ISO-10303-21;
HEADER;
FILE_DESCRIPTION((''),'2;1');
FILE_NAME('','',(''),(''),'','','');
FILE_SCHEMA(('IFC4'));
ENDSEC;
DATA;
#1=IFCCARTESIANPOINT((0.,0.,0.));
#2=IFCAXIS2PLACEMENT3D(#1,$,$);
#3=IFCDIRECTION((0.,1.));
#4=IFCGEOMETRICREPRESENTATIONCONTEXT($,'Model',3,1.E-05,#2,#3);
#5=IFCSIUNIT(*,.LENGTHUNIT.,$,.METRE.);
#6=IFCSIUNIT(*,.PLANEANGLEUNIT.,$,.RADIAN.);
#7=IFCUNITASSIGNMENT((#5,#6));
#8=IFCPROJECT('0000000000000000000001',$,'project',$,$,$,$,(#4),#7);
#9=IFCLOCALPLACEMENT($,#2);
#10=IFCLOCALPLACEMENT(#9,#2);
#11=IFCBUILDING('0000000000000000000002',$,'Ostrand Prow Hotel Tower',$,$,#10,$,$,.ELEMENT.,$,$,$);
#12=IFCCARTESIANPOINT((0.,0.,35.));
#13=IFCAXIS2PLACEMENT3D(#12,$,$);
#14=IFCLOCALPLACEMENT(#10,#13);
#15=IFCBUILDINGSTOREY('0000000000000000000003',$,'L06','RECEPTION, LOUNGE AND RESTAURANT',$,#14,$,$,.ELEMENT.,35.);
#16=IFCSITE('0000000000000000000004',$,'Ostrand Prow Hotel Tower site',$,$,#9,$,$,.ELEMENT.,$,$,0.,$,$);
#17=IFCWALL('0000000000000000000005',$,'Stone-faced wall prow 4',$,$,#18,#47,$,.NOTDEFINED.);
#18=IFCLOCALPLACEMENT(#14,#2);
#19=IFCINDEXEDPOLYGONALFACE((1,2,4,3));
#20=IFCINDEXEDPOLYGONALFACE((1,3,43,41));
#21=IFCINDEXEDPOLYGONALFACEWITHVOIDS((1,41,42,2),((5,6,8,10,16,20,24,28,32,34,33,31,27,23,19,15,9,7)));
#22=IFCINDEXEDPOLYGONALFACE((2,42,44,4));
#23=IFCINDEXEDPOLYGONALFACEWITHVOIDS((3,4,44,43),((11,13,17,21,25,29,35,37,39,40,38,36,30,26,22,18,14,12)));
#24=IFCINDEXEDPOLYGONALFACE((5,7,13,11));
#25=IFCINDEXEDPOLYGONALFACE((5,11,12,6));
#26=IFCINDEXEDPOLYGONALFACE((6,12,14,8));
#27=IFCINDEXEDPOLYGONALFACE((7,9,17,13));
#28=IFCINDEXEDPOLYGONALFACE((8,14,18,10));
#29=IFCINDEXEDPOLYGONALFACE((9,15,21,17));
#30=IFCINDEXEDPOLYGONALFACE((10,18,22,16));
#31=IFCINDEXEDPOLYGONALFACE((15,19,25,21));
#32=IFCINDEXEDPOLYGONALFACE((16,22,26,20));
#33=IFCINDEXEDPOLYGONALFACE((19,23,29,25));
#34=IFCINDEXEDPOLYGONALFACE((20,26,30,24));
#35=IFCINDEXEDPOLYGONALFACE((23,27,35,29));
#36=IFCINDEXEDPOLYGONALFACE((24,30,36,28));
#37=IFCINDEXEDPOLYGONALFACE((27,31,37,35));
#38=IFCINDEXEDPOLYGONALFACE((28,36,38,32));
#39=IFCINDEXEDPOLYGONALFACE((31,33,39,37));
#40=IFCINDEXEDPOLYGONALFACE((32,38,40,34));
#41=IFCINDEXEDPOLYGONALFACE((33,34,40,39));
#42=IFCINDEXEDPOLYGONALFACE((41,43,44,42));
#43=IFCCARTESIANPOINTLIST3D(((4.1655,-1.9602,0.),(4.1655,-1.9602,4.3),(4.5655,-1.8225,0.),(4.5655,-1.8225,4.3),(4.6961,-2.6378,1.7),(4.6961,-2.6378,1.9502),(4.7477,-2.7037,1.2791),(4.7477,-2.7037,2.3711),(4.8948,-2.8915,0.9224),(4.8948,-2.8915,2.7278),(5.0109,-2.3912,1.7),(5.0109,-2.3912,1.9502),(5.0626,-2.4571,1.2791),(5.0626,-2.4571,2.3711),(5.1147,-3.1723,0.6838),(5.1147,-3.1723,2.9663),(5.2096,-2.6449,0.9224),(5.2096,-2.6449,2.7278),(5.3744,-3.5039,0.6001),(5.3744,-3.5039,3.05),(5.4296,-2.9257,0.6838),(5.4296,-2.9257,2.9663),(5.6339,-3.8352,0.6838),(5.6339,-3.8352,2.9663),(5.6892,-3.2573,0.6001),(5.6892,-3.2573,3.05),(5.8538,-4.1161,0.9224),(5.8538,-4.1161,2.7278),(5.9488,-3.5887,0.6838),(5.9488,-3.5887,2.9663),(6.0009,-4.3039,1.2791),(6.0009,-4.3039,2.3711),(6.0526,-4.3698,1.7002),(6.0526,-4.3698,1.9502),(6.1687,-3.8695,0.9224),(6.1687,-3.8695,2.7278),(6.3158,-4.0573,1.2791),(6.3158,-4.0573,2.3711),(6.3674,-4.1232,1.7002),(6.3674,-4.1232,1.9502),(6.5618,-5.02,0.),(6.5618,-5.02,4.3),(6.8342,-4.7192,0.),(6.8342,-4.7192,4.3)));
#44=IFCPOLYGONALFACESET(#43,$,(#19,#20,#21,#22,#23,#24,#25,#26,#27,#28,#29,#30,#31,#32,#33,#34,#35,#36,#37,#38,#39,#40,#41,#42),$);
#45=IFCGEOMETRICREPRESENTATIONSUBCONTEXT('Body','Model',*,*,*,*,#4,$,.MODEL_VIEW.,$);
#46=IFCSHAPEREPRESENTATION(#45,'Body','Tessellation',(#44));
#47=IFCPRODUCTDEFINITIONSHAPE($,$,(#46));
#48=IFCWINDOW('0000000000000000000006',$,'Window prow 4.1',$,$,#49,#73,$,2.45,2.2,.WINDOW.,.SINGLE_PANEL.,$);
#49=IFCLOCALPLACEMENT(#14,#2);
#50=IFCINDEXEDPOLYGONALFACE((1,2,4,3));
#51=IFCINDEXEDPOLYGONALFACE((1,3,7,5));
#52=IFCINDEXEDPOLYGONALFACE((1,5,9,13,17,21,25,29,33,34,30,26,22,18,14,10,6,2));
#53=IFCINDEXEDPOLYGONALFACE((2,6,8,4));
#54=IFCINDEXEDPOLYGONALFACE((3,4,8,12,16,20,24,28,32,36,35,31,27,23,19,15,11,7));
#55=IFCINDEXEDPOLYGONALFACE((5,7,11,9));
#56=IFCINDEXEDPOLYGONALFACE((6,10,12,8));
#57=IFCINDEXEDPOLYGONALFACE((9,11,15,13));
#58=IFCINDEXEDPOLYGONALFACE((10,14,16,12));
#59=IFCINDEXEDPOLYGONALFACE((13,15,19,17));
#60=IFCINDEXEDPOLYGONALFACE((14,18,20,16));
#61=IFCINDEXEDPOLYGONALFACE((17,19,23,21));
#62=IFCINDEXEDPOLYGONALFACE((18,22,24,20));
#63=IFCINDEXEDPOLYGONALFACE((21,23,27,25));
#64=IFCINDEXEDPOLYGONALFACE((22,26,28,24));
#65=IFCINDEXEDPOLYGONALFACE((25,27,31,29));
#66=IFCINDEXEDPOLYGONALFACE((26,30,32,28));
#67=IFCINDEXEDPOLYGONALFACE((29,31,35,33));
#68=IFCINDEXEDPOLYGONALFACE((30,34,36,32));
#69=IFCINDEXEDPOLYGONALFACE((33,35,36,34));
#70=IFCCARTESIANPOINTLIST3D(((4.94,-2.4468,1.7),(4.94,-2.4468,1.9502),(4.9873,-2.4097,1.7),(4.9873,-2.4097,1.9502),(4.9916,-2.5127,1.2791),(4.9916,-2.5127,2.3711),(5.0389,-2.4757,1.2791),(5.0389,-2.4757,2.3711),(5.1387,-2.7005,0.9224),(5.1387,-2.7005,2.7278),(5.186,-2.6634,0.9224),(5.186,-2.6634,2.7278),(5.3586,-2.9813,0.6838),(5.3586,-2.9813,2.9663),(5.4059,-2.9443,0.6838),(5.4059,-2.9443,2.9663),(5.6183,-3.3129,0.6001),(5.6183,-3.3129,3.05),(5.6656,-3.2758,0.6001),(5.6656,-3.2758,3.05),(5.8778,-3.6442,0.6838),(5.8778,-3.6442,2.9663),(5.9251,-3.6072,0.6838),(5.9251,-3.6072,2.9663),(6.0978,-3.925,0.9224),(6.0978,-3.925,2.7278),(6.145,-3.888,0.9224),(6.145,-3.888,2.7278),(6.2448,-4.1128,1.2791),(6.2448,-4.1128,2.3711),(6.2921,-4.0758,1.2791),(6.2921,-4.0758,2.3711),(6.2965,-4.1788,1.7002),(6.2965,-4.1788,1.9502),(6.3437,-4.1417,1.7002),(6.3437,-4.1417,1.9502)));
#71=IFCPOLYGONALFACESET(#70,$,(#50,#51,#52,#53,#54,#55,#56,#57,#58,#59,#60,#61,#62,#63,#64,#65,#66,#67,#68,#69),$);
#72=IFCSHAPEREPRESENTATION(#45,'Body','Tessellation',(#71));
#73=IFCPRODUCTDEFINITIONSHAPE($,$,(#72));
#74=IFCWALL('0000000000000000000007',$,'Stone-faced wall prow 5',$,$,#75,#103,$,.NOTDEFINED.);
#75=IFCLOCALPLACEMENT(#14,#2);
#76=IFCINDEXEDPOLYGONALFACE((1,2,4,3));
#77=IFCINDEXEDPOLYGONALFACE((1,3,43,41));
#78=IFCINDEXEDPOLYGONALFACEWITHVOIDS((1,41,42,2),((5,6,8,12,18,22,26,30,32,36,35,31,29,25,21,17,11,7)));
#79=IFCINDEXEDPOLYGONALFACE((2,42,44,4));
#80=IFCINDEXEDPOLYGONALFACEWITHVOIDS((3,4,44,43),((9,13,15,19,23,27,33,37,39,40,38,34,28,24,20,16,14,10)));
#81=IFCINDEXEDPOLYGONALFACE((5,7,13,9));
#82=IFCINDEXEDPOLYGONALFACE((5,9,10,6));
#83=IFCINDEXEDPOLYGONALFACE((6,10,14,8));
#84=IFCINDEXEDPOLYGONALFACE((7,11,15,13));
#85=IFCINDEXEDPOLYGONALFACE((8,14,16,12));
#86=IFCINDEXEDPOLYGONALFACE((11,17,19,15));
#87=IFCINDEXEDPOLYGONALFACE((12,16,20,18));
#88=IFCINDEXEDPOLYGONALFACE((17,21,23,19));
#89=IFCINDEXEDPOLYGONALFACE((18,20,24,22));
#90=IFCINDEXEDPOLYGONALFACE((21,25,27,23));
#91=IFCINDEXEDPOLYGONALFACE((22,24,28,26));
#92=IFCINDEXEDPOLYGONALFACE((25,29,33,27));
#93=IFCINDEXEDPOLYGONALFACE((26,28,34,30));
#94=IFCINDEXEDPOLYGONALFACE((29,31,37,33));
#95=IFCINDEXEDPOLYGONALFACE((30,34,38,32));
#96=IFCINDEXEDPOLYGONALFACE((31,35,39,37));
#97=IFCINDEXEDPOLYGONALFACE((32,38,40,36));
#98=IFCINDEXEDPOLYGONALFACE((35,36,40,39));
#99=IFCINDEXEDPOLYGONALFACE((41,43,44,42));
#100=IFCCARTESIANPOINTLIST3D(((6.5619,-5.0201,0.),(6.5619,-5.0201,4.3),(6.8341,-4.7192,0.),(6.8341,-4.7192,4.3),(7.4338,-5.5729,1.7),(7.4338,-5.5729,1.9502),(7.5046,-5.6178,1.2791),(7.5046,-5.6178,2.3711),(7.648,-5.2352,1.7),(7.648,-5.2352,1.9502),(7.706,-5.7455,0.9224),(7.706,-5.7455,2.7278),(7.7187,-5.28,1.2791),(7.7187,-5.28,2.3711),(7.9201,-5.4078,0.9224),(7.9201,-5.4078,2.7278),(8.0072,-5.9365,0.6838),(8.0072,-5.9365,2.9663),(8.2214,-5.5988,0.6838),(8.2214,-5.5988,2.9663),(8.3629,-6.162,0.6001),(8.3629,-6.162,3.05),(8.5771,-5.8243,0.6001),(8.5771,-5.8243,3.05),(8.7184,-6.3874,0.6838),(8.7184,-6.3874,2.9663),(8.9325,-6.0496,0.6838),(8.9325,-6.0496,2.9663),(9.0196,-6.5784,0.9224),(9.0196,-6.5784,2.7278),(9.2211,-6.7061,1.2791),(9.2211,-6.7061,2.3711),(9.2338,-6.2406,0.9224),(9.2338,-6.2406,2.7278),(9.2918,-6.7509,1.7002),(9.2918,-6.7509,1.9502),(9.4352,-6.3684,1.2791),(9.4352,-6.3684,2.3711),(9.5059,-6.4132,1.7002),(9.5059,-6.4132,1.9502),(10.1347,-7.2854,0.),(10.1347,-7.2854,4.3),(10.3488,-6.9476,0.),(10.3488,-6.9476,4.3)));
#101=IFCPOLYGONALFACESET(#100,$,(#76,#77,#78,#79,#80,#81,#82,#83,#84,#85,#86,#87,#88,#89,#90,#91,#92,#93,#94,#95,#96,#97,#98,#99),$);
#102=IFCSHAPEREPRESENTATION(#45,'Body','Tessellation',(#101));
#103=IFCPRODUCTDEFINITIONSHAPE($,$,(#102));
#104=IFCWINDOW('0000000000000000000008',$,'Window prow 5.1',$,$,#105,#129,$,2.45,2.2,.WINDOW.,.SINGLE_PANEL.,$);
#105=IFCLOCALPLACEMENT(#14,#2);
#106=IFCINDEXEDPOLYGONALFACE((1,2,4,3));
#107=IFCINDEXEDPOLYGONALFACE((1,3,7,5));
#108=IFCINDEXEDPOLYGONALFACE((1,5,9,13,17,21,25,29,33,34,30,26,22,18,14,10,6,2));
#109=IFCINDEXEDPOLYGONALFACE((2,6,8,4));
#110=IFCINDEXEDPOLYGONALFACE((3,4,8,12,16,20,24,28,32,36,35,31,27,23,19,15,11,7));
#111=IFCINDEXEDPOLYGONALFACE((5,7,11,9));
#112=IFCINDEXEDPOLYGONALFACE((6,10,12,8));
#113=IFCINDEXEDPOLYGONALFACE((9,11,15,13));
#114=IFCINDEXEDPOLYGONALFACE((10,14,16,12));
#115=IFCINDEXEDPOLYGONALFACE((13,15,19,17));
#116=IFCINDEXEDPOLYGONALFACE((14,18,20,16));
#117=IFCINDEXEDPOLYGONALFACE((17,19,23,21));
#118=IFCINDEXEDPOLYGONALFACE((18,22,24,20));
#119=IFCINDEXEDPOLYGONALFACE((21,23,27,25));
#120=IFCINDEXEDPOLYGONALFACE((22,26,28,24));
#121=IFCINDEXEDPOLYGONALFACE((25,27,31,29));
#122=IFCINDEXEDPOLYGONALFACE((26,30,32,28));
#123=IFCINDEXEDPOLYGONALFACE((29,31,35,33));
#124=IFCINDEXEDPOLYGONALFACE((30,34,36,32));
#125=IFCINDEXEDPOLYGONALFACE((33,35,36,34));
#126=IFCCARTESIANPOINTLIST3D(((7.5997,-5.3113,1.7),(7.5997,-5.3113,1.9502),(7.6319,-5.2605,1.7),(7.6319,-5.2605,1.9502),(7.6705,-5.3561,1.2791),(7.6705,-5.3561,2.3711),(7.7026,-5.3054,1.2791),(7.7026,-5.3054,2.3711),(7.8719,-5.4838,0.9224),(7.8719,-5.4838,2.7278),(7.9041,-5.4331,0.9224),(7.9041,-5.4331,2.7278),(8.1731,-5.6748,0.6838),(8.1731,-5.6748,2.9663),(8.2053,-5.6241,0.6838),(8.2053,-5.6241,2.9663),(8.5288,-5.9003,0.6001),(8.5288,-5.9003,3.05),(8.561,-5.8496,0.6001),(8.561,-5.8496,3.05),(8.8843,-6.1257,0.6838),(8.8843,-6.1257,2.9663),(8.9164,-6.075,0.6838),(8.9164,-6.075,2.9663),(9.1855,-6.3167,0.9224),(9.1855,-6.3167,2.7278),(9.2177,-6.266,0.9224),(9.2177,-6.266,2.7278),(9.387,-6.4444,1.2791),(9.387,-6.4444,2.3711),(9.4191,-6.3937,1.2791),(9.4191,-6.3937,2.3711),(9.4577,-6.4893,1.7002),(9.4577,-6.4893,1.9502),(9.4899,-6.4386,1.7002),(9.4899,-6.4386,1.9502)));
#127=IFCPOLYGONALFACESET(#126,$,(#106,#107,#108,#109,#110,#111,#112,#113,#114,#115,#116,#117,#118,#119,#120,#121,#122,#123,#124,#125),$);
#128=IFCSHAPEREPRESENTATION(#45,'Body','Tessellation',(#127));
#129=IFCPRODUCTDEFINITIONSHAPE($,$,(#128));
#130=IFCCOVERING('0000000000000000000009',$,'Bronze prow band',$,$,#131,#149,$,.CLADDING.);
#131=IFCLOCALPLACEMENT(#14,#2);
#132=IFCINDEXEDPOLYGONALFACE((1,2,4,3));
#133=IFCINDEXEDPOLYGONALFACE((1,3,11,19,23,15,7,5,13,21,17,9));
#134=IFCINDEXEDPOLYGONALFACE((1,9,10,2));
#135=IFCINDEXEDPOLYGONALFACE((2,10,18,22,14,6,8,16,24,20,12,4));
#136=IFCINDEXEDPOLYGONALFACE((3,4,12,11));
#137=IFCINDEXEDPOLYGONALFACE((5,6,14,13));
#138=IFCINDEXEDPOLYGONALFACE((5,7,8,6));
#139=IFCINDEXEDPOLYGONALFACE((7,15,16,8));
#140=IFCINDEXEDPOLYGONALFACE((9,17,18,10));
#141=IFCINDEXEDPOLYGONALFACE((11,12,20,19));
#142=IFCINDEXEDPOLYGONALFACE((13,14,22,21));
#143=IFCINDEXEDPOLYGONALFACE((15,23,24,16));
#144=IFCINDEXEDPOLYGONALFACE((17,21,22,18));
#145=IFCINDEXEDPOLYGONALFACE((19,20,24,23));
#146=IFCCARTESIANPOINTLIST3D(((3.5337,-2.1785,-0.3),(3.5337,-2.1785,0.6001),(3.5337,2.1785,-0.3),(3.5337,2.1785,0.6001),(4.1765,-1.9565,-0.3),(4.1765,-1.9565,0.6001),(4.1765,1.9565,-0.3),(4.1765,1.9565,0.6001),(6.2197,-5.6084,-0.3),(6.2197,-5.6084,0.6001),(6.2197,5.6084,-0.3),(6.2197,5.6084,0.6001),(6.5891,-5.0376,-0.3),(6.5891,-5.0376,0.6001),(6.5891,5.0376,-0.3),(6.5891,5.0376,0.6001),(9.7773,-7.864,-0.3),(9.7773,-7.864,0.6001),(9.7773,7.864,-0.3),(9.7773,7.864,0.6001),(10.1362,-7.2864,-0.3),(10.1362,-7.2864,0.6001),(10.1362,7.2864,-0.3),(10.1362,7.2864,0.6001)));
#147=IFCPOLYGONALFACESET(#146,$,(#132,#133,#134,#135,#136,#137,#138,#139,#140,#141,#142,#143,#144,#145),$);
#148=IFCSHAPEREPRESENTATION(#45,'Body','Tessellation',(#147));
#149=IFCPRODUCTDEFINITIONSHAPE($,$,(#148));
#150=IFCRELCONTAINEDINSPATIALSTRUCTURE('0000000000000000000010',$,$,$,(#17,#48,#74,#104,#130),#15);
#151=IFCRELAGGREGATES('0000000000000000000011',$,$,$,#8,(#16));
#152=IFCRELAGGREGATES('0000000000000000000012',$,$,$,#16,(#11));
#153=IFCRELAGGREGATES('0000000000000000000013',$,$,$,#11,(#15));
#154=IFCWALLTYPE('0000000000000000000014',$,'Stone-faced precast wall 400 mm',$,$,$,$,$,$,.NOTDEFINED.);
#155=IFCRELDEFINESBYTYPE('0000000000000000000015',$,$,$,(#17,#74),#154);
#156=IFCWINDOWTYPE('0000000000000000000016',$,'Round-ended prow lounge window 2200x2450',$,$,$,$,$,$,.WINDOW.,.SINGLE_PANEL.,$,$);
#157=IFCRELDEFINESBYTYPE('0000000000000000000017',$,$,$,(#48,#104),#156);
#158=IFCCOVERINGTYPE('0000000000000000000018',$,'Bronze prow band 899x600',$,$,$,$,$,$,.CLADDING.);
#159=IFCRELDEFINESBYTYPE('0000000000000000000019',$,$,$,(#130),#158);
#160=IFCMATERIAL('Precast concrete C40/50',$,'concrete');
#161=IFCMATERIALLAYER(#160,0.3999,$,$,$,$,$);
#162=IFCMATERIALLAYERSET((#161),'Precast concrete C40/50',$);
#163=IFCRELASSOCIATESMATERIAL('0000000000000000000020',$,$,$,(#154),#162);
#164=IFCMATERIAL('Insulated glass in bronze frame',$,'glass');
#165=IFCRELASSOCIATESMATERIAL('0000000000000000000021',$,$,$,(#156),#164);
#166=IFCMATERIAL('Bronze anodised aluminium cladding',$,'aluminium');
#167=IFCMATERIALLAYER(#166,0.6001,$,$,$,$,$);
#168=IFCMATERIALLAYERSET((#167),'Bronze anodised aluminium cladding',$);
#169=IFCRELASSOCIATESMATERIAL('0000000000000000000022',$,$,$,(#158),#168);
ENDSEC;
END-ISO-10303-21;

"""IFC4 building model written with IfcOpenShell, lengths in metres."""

from ifc_helpers import new_model, si_unit, direction, frame, origin, place, context, subcontext, project, spatial, polyline, outline, extrude, material, layer, layer_set, type_object, element, fill, save


model = new_model("IFC4")

# Units and contexts
model_context = context("Model", 3, precision=1e-05, world=origin(), true_north=direction((0.0, 1.0)))
body_context = subcontext(model_context, "Body", "Model", "MODEL_VIEW")
ifc_project = project(units=[si_unit("LENGTHUNIT", "METRE"), si_unit("PLANEANGLEUNIT", "RADIAN")], contexts=[model_context])

# Site, building, storey
site_placement = place(None, origin())
site = spatial("IfcSite", under=ifc_project, at=site_placement, Name="Ostrand Prow Hotel Tower site", CompositionType="ELEMENT", RefElevation=0.0)
building_placement = place(site_placement, origin())
building = spatial("IfcBuilding", under=site, at=building_placement, Name="Ostrand Prow Hotel Tower", CompositionType="ELEMENT")
storey_placement = place(building_placement, frame((0.0, 0.0, 35.0)))
storey = spatial("IfcBuildingStorey", under=building, at=storey_placement, Name="L06", Description="RECEPTION, LOUNGE AND RESTAURANT", CompositionType="ELEMENT", Elevation=35.0)

# Walls, openings, windows
ifc_material_1 = material(Name="Precast concrete C40/50", Category="concrete")
ifc_layer_1 = layer(ifc_material_1, 0.3999)
ifc_layer_set_1 = layer_set([ifc_layer_1], Name="Precast concrete C40/50")
wall_type_1 = type_object("IfcWallType", Name="Stone-faced precast wall 400 mm", PredefinedType="NOTDEFINED", material=ifc_layer_set_1)
wall_1_placement = place(storey_placement, frame((4.3655, -1.8914, 0.0), z_axis=(0.0, 0.0, 1.0), x_axis=(0.616587, -0.787287, 0.0)))
wall_1 = element("IfcWall", 1, at=wall_1_placement, inside=storey, type_object=wall_type_1, Name="Stone-faced wall prow 4", PredefinedType="NOTDEFINED", context=body_context, shape_type="SweptSolid", body=[
    extrude(outline(polyline([(-0.0691, -0.2), (3.8174, -0.2), (3.7485, 0.2), (0.0691, 0.2), (-0.0691, -0.2)])), origin(), (0.0, 0.0, 1.0), 4.3),
])
opening_1_placement = place(wall_1_placement, frame((0.7915, 0.0, 0.6001)))
opening_1 = element("IfcOpeningElement", 2, at=opening_1_placement, cuts=wall_1, PredefinedType="OPENING", context=body_context, shape_type="SweptSolid", body=[
    extrude(outline(polyline([(0.0, 1.3501), (0.0837, 1.771), (0.3223, 2.1277), (0.679, 2.3662), (1.1001, 2.45), (1.521, 2.3662), (1.8777, 2.1277), (2.1162, 1.771), (2.2, 1.3501), (2.2, 1.1001), (2.1162, 0.679), (1.8777, 0.3223), (1.521, 0.0837), (1.1001, 0.0), (0.679, 0.0837), (0.3223, 0.3223), (0.0837, 0.679), (0.0, 1.0999), (0.0, 1.3501)])), frame((0.0, 0.21, 0.0), z_axis=(0.0, -1.0, 0.0), x_axis=(1.0, 0.0, 0.0)), (0.0, 0.0, 1.0), 0.4199),
])
ifc_material_2 = material(Name="Insulated glass in bronze frame", Category="glass")
window_type = type_object("IfcWindowType", Name="Round-ended prow lounge window 2200x2450", PartitioningType="SINGLE_PANEL", PredefinedType="WINDOW", material=ifc_material_2)
window_1_placement = place(opening_1_placement, origin())
window_1 = element("IfcWindow", 3, at=window_1_placement, inside=storey, type_object=window_type, Name="Window prow 4.1", OverallHeight=2.45, OverallWidth=2.2, PartitioningType="SINGLE_PANEL", PredefinedType="WINDOW", context=body_context, shape_type="SweptSolid", body=[
    extrude(outline(polyline([(0.0, 1.3501), (0.0837, 1.771), (0.3223, 2.1277), (0.679, 2.3662), (1.1001, 2.45), (1.521, 2.3662), (1.8777, 2.1277), (2.1162, 1.771), (2.2, 1.3501), (2.2, 1.1001), (2.1162, 0.679), (1.8777, 0.3223), (1.521, 0.0837), (1.1001, 0.0), (0.679, 0.0837), (0.3223, 0.3223), (0.0837, 0.679), (0.0, 1.0999), (0.0, 1.3501)])), frame((0.0, 0.1699, 0.0), z_axis=(0.0, -1.0, 0.0), x_axis=(1.0, 0.0, 0.0)), (0.0, 0.0, 1.0), 0.0601),
])
fill(opening_1, window_1)
wall_2_placement = place(storey_placement, frame((6.698, -4.8696, 0.0), z_axis=(0.0, 0.0, 1.0), x_axis=(0.844552, -0.535474, 0.0)))
wall_2 = element("IfcWall", 4, at=wall_2_placement, inside=storey, type_object=wall_type_1, Name="Stone-faced wall prow 5", PredefinedType="NOTDEFINED", context=body_context, shape_type="SweptSolid", body=[
    extrude(outline(polyline([(-0.0344, -0.2), (4.196, -0.2), (4.196, 0.2), (0.0344, 0.2), (-0.0344, -0.2)])), origin(), (0.0, 0.0, 1.0), 4.3),
])
opening_2_placement = place(wall_2_placement, frame((0.998, 0.0, 0.6001)))
opening_2 = element("IfcOpeningElement", 5, at=opening_2_placement, cuts=wall_2, PredefinedType="OPENING", context=body_context, shape_type="SweptSolid", body=[
    extrude(outline(polyline([(0.0, 1.3501), (0.0837, 1.771), (0.3223, 2.1277), (0.679, 2.3662), (1.1001, 2.45), (1.521, 2.3662), (1.8777, 2.1277), (2.1162, 1.771), (2.2, 1.3501), (2.2, 1.1001), (2.1162, 0.679), (1.8777, 0.3223), (1.521, 0.0837), (1.1001, 0.0), (0.679, 0.0837), (0.3223, 0.3223), (0.0837, 0.679), (0.0, 1.0999), (0.0, 1.3501)])), frame((0.0, 0.21, 0.0), z_axis=(0.0, -1.0, 0.0), x_axis=(1.0, 0.0, 0.0)), (0.0, 0.0, 1.0), 0.4199),
])
window_2_placement = place(opening_2_placement, origin())
window_2 = element("IfcWindow", 6, at=window_2_placement, inside=storey, type_object=window_type, Name="Window prow 5.1", OverallHeight=2.45, OverallWidth=2.2, PartitioningType="SINGLE_PANEL", PredefinedType="WINDOW", context=body_context, shape_type="SweptSolid", body=[
    extrude(outline(polyline([(0.0, 1.3501), (0.0837, 1.771), (0.3223, 2.1277), (0.679, 2.3662), (1.1001, 2.45), (1.521, 2.3662), (1.8777, 2.1277), (2.1162, 1.771), (2.2, 1.3501), (2.2, 1.1001), (2.1162, 0.679), (1.8777, 0.3223), (1.521, 0.0837), (1.1001, 0.0), (0.679, 0.0837), (0.3223, 0.3223), (0.0837, 0.679), (0.0, 1.0999), (0.0, 1.3501)])), frame((0.0, 0.1699, 0.0), z_axis=(0.0, -1.0, 0.0), x_axis=(1.0, 0.0, 0.0)), (0.0, 0.0, 1.0), 0.0601),
])
fill(opening_2, window_2)

# Covering
ifc_material_3 = material(Name="Bronze anodised aluminium cladding", Category="aluminium")
ifc_layer_2 = layer(ifc_material_3, 0.6001)
ifc_layer_set_2 = layer_set([ifc_layer_2], Name="Bronze anodised aluminium cladding")
covering_type_1 = type_object("IfcCoveringType", Name="Bronze prow band 899x600", PredefinedType="CLADDING", material=ifc_layer_set_2)
covering_1_placement = place(storey_placement, frame((0.0, 0.0, -0.3)))
element("IfcCovering", 7, at=covering_1_placement, inside=storey, type_object=covering_type_1, Name="Bronze prow band", PredefinedType="CLADDING", context=body_context, shape_type="SweptSolid", body=[
    extrude(outline(polyline([(9.7773, 7.864), (6.2197, 5.6084), (3.5337, 2.1785), (3.5337, -2.1785), (6.2197, -5.6084), (9.7773, -7.864), (10.1362, -7.2864), (6.5891, -5.0376), (4.1765, -1.9565), (4.1765, 1.9565), (6.5891, 5.0376), (10.1362, 7.2864), (9.7773, 7.864)])), origin(), (0.0, 0.0, 1.0), 0.9001),
])

save(model, "model.ifc")
